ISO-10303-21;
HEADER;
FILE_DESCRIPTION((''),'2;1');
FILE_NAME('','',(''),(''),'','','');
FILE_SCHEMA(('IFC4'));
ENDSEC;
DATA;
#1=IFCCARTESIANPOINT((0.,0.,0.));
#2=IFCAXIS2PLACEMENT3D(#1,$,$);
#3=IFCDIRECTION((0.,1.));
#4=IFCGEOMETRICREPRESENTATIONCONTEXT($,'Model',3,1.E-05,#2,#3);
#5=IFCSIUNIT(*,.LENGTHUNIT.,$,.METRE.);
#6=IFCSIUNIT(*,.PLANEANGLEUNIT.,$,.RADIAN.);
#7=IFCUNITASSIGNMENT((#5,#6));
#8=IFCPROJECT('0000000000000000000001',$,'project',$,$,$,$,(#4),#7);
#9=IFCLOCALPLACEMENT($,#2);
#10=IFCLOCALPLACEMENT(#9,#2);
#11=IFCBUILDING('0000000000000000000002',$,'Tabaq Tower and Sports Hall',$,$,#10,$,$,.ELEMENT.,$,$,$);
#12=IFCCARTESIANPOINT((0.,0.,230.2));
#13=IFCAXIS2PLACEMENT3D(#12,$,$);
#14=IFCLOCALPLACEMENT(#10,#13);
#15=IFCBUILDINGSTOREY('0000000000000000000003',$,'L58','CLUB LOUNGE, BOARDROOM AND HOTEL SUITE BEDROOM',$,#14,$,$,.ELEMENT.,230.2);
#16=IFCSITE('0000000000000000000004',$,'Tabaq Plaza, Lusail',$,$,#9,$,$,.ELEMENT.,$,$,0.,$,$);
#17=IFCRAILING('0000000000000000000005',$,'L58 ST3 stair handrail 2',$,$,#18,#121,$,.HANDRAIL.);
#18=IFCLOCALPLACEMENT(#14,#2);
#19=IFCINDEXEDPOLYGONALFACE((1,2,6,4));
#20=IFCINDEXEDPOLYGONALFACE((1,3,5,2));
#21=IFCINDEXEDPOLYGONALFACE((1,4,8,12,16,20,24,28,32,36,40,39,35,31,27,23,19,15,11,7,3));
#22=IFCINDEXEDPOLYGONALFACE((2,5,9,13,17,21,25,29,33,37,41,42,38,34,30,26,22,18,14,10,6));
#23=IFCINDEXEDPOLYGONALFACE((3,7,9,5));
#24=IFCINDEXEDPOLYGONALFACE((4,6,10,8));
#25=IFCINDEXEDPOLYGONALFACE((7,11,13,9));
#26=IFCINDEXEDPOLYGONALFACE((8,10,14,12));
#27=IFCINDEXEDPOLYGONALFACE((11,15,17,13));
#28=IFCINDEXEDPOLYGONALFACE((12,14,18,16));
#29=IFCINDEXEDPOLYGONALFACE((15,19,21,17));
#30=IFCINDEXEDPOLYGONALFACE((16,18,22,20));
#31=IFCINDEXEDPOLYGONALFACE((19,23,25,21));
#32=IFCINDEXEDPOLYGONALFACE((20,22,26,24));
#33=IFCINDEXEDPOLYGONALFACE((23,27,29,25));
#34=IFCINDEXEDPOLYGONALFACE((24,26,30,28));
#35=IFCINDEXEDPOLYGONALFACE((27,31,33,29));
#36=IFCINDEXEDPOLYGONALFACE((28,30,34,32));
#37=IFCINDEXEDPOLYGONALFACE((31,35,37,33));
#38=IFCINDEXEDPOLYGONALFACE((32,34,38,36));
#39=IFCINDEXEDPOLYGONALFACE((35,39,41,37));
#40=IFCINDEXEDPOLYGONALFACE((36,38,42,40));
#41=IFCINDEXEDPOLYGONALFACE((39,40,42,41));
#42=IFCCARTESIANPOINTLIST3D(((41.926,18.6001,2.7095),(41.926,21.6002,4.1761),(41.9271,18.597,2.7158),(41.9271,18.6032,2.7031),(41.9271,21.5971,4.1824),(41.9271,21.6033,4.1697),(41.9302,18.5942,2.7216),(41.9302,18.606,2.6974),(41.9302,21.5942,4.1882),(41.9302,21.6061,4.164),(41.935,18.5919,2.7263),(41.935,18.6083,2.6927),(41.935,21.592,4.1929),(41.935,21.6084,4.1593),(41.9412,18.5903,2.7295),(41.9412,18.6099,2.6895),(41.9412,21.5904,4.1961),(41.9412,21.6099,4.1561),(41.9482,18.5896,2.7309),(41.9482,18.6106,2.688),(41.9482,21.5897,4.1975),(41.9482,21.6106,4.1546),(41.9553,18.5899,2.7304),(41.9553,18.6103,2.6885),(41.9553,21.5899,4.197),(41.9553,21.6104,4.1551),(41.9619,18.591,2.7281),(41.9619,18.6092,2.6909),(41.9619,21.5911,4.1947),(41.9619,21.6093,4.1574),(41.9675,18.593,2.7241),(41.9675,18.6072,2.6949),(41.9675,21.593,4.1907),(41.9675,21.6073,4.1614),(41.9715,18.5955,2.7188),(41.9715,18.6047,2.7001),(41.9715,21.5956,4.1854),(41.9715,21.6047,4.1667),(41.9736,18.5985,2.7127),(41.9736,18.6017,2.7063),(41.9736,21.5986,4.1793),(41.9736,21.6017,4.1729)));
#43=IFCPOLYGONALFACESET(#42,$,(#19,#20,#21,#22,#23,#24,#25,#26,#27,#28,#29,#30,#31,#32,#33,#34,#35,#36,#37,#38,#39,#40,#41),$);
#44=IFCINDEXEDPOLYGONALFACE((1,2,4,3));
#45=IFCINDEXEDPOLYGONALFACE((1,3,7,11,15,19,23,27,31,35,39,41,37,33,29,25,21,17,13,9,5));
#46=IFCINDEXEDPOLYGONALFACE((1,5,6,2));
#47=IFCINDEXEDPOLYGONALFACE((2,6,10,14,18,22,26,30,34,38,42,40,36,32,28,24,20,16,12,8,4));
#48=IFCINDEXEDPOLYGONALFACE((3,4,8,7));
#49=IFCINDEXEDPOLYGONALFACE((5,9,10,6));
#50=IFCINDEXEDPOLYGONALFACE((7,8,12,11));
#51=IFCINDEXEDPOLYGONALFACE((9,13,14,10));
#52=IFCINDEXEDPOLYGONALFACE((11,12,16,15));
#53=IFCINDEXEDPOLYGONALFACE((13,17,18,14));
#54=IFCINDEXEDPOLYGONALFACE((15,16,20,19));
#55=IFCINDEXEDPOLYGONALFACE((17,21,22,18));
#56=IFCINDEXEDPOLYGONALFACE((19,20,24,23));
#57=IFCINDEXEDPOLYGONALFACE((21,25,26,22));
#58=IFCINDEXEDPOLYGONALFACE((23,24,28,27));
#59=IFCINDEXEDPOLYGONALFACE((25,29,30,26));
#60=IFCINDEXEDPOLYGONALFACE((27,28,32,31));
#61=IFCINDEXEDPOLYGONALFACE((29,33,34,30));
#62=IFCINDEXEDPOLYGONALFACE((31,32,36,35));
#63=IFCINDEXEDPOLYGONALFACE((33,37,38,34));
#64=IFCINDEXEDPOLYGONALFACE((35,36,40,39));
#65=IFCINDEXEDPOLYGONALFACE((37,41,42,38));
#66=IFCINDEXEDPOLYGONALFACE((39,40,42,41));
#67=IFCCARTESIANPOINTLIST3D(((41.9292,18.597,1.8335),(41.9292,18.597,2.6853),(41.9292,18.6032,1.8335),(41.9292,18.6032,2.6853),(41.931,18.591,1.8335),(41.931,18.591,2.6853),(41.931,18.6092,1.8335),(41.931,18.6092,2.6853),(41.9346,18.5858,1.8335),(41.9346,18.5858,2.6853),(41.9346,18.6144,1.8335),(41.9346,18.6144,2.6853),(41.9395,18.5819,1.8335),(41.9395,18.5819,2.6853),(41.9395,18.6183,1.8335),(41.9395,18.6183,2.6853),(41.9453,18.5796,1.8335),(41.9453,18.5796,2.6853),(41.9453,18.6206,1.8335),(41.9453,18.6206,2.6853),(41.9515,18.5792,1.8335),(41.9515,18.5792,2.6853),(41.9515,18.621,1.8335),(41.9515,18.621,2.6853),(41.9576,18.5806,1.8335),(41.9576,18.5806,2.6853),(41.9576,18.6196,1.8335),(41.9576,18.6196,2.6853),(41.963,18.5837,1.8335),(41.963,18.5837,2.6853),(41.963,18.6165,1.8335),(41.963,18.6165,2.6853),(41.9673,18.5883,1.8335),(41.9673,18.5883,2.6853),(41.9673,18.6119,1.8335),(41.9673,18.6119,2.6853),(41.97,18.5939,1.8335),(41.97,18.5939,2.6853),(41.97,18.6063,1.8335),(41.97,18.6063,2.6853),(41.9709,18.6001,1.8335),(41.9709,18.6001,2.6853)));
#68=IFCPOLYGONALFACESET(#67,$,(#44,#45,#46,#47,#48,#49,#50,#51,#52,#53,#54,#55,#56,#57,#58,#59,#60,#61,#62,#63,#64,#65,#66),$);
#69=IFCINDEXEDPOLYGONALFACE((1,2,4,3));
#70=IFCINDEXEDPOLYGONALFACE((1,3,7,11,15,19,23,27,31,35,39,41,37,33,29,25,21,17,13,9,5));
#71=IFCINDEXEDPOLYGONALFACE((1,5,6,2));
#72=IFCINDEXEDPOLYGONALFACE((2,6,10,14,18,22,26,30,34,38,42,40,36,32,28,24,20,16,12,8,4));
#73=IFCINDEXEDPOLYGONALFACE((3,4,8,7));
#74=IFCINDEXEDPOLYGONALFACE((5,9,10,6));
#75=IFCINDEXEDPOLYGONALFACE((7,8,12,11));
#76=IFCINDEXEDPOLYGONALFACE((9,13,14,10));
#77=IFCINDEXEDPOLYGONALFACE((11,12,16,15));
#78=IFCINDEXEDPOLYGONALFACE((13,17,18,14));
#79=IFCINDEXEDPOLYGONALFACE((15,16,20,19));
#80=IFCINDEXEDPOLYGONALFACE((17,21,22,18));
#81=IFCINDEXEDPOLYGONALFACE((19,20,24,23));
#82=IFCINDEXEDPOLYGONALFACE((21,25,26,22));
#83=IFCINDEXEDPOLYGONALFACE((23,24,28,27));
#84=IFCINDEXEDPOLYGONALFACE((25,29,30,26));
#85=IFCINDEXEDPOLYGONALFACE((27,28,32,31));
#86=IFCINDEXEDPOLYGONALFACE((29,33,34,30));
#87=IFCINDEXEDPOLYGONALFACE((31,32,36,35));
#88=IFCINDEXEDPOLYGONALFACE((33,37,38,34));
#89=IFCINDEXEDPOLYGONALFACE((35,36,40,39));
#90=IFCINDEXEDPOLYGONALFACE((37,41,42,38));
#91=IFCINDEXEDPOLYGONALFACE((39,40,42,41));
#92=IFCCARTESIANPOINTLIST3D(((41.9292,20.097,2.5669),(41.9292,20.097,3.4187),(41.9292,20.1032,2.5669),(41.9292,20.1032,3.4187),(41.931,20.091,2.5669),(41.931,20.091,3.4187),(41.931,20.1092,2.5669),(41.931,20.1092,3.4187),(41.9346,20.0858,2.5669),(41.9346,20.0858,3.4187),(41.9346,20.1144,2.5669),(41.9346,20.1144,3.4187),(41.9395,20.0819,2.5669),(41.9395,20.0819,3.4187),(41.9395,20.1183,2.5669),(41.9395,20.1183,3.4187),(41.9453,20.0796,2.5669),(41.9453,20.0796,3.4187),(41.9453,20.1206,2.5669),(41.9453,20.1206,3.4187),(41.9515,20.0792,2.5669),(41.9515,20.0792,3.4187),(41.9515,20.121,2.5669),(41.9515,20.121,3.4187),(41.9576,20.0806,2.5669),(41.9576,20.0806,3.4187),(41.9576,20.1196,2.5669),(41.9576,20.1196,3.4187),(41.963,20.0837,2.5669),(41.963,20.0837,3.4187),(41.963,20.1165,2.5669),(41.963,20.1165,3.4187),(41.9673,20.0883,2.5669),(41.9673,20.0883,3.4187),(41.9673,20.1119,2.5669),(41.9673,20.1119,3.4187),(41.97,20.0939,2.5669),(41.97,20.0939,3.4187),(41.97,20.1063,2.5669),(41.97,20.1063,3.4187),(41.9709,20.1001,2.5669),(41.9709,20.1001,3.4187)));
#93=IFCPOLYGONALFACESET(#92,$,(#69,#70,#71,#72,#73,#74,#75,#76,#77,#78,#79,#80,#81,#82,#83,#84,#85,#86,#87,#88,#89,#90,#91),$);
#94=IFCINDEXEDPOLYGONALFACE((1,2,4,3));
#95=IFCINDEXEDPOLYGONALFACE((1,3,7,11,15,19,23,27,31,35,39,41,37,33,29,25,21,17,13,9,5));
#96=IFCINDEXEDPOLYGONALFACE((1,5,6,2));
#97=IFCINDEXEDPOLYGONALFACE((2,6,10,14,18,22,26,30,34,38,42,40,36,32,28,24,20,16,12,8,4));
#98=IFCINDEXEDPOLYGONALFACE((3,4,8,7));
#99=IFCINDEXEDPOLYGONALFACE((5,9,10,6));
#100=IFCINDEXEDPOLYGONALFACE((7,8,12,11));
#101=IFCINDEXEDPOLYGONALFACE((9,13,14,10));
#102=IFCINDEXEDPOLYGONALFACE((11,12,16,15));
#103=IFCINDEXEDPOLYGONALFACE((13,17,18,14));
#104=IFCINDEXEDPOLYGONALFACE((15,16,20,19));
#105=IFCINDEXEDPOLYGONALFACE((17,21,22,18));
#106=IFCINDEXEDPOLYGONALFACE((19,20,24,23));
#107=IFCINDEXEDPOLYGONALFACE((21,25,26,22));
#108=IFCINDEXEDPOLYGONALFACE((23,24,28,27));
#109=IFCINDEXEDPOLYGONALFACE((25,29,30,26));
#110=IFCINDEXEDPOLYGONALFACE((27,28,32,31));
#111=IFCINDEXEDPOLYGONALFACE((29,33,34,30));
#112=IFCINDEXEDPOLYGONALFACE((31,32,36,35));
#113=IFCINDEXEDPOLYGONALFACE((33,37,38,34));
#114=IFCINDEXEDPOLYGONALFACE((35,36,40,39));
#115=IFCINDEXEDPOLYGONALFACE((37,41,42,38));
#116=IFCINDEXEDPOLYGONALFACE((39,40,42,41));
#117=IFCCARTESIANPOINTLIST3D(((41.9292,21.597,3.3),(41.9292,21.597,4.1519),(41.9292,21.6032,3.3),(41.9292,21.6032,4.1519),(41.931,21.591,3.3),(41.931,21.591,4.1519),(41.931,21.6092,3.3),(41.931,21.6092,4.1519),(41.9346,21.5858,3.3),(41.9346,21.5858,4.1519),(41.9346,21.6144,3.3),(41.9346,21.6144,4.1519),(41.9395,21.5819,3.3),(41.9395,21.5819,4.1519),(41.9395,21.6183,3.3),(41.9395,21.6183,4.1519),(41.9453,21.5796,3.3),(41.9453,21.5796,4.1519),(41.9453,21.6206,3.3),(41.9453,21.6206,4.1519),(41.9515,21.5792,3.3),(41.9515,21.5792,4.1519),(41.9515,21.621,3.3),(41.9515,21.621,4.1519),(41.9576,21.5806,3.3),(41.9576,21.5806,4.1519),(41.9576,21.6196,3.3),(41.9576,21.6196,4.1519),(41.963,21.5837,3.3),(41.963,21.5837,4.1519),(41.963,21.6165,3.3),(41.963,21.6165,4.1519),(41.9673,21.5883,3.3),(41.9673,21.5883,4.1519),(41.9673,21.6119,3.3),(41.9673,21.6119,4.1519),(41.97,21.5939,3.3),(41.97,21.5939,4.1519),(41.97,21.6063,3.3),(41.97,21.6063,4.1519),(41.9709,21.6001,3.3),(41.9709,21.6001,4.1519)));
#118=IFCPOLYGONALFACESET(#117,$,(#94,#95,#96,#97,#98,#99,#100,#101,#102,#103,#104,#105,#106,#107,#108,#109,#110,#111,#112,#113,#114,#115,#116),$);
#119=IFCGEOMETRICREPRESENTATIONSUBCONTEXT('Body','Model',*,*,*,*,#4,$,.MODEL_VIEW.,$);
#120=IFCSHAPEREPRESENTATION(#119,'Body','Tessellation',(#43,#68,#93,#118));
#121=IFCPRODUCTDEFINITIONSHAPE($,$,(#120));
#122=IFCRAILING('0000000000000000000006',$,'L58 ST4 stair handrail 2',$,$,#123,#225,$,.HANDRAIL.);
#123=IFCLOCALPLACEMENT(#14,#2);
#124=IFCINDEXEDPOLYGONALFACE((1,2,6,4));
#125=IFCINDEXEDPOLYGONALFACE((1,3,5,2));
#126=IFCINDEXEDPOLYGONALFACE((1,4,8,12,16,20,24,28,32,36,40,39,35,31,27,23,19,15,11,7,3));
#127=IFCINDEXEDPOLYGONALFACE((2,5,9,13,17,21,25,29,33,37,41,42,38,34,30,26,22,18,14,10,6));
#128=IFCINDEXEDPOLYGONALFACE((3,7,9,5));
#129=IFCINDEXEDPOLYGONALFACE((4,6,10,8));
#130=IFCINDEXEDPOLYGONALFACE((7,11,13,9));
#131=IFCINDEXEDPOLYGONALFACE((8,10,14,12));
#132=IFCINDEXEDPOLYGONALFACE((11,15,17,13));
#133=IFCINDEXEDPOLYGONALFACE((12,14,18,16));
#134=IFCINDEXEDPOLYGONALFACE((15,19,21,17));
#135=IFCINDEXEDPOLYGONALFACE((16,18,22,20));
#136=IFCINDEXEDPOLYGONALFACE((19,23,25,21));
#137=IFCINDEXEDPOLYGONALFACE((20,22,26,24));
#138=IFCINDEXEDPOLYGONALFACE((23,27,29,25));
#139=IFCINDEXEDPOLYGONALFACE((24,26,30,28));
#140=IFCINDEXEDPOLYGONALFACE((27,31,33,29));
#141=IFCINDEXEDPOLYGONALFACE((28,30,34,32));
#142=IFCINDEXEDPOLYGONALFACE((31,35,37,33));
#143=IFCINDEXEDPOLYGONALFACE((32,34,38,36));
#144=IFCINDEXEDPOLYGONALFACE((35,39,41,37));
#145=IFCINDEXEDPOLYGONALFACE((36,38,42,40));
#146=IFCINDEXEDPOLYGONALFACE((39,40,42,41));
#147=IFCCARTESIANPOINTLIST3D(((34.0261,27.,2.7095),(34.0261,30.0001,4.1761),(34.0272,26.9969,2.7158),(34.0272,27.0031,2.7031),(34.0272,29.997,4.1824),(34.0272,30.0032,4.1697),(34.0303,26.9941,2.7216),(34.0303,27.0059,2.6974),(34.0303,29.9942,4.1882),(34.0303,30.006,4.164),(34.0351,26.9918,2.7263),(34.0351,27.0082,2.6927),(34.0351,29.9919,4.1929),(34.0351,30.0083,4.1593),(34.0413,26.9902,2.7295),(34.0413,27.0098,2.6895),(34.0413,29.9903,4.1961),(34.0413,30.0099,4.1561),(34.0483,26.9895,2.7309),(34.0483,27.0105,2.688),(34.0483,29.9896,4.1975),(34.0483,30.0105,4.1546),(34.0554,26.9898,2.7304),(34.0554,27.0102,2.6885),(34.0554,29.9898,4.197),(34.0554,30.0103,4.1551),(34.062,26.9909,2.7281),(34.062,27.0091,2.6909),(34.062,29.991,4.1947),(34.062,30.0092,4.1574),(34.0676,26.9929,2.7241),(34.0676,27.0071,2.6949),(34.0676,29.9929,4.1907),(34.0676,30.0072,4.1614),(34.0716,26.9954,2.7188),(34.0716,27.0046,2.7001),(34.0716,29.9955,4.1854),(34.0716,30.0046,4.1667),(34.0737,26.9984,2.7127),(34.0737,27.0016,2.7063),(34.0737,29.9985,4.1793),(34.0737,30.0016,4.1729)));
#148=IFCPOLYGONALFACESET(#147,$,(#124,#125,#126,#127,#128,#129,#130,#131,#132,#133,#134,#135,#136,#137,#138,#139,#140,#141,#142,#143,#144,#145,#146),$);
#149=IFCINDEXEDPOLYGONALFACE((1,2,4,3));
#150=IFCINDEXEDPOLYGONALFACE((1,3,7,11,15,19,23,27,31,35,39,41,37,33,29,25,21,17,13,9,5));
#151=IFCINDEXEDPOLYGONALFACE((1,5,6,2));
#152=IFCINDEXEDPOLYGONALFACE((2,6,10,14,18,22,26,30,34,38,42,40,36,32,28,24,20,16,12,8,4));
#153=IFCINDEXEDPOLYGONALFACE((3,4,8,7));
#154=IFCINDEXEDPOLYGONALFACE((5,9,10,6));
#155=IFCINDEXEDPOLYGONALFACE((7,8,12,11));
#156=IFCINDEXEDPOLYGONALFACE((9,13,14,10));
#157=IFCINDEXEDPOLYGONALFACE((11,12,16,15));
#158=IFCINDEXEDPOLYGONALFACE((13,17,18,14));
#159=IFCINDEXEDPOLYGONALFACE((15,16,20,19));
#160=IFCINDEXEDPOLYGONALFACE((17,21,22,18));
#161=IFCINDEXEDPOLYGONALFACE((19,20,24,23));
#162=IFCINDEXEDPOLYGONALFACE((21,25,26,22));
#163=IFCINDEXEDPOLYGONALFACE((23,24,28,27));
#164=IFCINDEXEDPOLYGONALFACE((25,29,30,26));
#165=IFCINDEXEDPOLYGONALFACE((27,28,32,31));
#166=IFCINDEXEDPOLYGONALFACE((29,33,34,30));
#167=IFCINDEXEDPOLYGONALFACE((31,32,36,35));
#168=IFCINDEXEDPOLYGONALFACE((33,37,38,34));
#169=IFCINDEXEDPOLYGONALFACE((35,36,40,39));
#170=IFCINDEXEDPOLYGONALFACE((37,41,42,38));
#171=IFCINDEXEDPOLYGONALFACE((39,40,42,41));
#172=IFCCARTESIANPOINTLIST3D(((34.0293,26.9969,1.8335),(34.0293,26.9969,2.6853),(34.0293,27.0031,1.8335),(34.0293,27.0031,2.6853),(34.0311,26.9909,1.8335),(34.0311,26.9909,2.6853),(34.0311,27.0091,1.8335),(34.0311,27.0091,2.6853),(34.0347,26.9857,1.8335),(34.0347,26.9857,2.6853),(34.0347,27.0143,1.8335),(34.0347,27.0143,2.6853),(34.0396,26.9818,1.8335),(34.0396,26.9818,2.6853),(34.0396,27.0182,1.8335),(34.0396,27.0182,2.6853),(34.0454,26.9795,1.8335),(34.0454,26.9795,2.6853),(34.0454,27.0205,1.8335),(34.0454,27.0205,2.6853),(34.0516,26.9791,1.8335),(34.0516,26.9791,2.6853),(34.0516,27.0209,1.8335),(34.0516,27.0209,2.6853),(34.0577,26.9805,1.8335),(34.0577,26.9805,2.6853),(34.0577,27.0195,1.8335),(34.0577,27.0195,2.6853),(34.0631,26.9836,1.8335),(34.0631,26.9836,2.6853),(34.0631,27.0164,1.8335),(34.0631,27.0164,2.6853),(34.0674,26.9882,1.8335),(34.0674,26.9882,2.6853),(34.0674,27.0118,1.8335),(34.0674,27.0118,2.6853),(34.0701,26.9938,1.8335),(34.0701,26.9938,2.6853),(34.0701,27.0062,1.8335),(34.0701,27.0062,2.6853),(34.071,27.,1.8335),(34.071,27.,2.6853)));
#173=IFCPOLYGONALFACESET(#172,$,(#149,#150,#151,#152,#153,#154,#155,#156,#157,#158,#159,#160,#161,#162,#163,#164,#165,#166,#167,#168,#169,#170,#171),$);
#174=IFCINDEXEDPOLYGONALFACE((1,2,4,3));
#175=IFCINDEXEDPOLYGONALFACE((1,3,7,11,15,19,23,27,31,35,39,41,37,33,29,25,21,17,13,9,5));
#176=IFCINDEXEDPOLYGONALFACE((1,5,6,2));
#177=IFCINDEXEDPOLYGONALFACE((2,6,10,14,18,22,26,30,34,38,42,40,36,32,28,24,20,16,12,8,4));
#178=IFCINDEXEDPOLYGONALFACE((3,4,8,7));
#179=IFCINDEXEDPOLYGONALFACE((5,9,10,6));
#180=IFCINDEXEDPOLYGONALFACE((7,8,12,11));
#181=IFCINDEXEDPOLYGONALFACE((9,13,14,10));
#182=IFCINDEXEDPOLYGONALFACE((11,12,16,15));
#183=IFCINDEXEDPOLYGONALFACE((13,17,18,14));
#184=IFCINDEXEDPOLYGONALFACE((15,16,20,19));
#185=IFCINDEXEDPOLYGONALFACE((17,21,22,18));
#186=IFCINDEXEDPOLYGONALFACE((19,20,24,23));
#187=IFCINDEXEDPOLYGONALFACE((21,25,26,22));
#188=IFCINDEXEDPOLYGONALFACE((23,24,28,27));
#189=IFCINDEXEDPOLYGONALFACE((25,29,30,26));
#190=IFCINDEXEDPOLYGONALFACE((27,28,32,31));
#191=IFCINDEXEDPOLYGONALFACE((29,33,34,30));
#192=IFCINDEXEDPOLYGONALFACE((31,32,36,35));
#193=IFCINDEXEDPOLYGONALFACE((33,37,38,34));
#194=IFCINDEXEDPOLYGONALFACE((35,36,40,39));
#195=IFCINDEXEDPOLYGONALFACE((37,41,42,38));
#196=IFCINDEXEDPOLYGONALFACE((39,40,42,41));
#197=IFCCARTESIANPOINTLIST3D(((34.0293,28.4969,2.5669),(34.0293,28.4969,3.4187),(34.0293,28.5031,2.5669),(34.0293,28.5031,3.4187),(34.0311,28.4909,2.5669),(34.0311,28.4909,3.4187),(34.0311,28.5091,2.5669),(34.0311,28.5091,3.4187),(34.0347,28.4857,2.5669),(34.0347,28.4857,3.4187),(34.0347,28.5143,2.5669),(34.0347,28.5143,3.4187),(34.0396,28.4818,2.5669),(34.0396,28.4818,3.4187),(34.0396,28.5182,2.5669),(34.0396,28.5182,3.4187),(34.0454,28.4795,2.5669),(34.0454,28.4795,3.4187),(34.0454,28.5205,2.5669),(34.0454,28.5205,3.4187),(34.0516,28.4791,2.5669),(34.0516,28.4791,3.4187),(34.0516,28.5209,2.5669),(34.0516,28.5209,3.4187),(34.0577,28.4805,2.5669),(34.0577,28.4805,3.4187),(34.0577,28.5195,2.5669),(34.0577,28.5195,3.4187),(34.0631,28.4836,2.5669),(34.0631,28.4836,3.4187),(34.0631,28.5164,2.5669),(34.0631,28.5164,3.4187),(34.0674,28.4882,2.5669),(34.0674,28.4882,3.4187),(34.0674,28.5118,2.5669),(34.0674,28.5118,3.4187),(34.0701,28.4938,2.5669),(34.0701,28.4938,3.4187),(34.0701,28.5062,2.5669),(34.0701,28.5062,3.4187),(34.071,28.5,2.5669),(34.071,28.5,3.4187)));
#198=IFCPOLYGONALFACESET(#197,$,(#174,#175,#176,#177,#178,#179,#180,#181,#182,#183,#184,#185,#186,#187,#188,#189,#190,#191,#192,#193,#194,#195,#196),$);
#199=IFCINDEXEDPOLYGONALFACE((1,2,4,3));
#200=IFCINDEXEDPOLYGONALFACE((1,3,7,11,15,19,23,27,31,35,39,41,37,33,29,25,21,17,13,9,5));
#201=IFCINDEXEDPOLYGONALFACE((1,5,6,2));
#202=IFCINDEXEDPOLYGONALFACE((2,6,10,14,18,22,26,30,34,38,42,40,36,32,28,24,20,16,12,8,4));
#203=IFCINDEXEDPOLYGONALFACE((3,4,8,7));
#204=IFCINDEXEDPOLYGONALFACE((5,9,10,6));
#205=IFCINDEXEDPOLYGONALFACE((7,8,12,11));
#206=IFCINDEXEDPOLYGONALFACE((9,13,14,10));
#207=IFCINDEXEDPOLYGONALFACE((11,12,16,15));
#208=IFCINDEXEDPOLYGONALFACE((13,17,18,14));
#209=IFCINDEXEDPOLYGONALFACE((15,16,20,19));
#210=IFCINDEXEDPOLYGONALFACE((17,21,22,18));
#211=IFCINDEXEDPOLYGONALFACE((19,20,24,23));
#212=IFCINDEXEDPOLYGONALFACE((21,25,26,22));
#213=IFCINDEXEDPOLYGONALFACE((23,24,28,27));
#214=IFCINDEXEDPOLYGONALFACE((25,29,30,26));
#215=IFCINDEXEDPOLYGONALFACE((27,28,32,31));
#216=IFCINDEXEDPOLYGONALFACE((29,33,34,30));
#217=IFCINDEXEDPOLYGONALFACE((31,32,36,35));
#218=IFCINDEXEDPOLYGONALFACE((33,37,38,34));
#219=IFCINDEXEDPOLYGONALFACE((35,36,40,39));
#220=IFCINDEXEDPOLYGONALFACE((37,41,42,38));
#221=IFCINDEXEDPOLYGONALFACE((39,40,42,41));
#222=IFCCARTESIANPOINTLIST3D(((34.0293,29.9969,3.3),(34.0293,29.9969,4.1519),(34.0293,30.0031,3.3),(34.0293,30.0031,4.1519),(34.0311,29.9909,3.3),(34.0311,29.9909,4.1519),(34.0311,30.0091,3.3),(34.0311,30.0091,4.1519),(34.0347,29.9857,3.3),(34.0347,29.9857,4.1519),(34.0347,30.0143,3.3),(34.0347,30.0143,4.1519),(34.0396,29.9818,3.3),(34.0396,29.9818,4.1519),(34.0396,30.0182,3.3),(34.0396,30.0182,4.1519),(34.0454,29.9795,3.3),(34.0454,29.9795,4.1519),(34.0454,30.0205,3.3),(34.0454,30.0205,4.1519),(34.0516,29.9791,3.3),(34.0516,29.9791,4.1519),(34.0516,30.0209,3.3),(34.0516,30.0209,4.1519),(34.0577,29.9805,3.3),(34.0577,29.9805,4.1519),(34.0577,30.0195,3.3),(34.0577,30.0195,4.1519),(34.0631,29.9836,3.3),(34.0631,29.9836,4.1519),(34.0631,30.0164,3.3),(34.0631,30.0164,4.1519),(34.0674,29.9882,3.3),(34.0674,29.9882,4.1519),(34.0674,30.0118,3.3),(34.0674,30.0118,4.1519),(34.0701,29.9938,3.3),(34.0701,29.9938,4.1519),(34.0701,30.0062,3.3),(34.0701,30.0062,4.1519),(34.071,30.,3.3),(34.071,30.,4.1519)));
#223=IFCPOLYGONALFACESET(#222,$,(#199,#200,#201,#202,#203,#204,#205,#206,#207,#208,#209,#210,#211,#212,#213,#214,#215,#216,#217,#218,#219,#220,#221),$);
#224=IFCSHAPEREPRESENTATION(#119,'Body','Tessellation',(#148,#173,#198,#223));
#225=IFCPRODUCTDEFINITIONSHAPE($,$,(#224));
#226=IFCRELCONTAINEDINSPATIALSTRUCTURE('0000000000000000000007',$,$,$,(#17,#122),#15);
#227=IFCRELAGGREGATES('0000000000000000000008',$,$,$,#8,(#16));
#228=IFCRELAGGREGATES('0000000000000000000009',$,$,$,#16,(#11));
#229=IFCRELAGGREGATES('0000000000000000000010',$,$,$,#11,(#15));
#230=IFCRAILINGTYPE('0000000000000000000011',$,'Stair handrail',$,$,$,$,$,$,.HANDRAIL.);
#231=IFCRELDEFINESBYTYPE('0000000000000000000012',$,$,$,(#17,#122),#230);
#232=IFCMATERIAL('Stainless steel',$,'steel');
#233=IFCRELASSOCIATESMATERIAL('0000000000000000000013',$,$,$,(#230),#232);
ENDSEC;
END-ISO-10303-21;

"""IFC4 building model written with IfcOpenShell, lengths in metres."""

from ifc_helpers import new_model, si_unit, direction, frame, origin, origin_2d, place, context, subcontext, project, spatial, circle, extrude, material, type_object, element, save


model = new_model("IFC4")

# Units and contexts
model_context = context("Model", 3, precision=1e-05, world=origin(), true_north=direction((0.0, 1.0)))
body_context = subcontext(model_context, "Body", "Model", "MODEL_VIEW")
ifc_project = project(units=[si_unit("LENGTHUNIT", "METRE"), si_unit("PLANEANGLEUNIT", "RADIAN")], contexts=[model_context])

# Site, building, storey
site_placement = place(None, origin())
site = spatial("IfcSite", under=ifc_project, at=site_placement, Name="Tabaq Plaza, Lusail", CompositionType="ELEMENT", RefElevation=0.0)
building_placement = place(site_placement, origin())
building = spatial("IfcBuilding", under=site, at=building_placement, Name="Tabaq Tower and Sports Hall", CompositionType="ELEMENT")
storey_placement = place(building_placement, frame((0.0, 0.0, 230.2)))
storey = spatial("IfcBuildingStorey", under=building, at=storey_placement, Name="L58", Description="CLUB LOUNGE, BOARDROOM AND HOTEL SUITE BEDROOM", CompositionType="ELEMENT", Elevation=230.2)

# Railings
ifc_material_1 = material(Name="Stainless steel", Category="steel")
railing_type_1 = type_object("IfcRailingType", Name="Stair handrail", PredefinedType="HANDRAIL", material=ifc_material_1)
for number, where, name in (
    (1, (41.95, 18.6001, 1.8335), "L58 ST3 stair handrail 2"),
    (2, (34.05, 27.0, 1.8335), "L58 ST4 stair handrail 2"),
):
    element("IfcRailing", number, at=place(storey_placement, frame(where)), inside=storey, type_object=railing_type_1, Name=name, PredefinedType="HANDRAIL", context=body_context, shape_type="SweptSolid", body=[
        extrude(circle(Radius=0.0239, at=origin_2d()), frame((0.0, 0.0, 0.876), z_axis=(0.0, 0.898398, 0.439183), x_axis=(-1.0, 0.0, 0.0)), (0.0, 0.0, 1.0), 3.3394),
        extrude(circle(Radius=0.021, at=origin_2d()), origin(), (0.0, 0.0, 1.0), 0.8518),
        extrude(circle(Radius=0.021, at=origin_2d()), frame((0.0, 1.5, 0.7334)), (0.0, 0.0, 1.0), 0.8518),
        extrude(circle(Radius=0.021, at=origin_2d()), frame((0.0, 3.0, 1.4666)), (0.0, 0.0, 1.0), 0.8518),
    ])

save(model, "model.ifc")
